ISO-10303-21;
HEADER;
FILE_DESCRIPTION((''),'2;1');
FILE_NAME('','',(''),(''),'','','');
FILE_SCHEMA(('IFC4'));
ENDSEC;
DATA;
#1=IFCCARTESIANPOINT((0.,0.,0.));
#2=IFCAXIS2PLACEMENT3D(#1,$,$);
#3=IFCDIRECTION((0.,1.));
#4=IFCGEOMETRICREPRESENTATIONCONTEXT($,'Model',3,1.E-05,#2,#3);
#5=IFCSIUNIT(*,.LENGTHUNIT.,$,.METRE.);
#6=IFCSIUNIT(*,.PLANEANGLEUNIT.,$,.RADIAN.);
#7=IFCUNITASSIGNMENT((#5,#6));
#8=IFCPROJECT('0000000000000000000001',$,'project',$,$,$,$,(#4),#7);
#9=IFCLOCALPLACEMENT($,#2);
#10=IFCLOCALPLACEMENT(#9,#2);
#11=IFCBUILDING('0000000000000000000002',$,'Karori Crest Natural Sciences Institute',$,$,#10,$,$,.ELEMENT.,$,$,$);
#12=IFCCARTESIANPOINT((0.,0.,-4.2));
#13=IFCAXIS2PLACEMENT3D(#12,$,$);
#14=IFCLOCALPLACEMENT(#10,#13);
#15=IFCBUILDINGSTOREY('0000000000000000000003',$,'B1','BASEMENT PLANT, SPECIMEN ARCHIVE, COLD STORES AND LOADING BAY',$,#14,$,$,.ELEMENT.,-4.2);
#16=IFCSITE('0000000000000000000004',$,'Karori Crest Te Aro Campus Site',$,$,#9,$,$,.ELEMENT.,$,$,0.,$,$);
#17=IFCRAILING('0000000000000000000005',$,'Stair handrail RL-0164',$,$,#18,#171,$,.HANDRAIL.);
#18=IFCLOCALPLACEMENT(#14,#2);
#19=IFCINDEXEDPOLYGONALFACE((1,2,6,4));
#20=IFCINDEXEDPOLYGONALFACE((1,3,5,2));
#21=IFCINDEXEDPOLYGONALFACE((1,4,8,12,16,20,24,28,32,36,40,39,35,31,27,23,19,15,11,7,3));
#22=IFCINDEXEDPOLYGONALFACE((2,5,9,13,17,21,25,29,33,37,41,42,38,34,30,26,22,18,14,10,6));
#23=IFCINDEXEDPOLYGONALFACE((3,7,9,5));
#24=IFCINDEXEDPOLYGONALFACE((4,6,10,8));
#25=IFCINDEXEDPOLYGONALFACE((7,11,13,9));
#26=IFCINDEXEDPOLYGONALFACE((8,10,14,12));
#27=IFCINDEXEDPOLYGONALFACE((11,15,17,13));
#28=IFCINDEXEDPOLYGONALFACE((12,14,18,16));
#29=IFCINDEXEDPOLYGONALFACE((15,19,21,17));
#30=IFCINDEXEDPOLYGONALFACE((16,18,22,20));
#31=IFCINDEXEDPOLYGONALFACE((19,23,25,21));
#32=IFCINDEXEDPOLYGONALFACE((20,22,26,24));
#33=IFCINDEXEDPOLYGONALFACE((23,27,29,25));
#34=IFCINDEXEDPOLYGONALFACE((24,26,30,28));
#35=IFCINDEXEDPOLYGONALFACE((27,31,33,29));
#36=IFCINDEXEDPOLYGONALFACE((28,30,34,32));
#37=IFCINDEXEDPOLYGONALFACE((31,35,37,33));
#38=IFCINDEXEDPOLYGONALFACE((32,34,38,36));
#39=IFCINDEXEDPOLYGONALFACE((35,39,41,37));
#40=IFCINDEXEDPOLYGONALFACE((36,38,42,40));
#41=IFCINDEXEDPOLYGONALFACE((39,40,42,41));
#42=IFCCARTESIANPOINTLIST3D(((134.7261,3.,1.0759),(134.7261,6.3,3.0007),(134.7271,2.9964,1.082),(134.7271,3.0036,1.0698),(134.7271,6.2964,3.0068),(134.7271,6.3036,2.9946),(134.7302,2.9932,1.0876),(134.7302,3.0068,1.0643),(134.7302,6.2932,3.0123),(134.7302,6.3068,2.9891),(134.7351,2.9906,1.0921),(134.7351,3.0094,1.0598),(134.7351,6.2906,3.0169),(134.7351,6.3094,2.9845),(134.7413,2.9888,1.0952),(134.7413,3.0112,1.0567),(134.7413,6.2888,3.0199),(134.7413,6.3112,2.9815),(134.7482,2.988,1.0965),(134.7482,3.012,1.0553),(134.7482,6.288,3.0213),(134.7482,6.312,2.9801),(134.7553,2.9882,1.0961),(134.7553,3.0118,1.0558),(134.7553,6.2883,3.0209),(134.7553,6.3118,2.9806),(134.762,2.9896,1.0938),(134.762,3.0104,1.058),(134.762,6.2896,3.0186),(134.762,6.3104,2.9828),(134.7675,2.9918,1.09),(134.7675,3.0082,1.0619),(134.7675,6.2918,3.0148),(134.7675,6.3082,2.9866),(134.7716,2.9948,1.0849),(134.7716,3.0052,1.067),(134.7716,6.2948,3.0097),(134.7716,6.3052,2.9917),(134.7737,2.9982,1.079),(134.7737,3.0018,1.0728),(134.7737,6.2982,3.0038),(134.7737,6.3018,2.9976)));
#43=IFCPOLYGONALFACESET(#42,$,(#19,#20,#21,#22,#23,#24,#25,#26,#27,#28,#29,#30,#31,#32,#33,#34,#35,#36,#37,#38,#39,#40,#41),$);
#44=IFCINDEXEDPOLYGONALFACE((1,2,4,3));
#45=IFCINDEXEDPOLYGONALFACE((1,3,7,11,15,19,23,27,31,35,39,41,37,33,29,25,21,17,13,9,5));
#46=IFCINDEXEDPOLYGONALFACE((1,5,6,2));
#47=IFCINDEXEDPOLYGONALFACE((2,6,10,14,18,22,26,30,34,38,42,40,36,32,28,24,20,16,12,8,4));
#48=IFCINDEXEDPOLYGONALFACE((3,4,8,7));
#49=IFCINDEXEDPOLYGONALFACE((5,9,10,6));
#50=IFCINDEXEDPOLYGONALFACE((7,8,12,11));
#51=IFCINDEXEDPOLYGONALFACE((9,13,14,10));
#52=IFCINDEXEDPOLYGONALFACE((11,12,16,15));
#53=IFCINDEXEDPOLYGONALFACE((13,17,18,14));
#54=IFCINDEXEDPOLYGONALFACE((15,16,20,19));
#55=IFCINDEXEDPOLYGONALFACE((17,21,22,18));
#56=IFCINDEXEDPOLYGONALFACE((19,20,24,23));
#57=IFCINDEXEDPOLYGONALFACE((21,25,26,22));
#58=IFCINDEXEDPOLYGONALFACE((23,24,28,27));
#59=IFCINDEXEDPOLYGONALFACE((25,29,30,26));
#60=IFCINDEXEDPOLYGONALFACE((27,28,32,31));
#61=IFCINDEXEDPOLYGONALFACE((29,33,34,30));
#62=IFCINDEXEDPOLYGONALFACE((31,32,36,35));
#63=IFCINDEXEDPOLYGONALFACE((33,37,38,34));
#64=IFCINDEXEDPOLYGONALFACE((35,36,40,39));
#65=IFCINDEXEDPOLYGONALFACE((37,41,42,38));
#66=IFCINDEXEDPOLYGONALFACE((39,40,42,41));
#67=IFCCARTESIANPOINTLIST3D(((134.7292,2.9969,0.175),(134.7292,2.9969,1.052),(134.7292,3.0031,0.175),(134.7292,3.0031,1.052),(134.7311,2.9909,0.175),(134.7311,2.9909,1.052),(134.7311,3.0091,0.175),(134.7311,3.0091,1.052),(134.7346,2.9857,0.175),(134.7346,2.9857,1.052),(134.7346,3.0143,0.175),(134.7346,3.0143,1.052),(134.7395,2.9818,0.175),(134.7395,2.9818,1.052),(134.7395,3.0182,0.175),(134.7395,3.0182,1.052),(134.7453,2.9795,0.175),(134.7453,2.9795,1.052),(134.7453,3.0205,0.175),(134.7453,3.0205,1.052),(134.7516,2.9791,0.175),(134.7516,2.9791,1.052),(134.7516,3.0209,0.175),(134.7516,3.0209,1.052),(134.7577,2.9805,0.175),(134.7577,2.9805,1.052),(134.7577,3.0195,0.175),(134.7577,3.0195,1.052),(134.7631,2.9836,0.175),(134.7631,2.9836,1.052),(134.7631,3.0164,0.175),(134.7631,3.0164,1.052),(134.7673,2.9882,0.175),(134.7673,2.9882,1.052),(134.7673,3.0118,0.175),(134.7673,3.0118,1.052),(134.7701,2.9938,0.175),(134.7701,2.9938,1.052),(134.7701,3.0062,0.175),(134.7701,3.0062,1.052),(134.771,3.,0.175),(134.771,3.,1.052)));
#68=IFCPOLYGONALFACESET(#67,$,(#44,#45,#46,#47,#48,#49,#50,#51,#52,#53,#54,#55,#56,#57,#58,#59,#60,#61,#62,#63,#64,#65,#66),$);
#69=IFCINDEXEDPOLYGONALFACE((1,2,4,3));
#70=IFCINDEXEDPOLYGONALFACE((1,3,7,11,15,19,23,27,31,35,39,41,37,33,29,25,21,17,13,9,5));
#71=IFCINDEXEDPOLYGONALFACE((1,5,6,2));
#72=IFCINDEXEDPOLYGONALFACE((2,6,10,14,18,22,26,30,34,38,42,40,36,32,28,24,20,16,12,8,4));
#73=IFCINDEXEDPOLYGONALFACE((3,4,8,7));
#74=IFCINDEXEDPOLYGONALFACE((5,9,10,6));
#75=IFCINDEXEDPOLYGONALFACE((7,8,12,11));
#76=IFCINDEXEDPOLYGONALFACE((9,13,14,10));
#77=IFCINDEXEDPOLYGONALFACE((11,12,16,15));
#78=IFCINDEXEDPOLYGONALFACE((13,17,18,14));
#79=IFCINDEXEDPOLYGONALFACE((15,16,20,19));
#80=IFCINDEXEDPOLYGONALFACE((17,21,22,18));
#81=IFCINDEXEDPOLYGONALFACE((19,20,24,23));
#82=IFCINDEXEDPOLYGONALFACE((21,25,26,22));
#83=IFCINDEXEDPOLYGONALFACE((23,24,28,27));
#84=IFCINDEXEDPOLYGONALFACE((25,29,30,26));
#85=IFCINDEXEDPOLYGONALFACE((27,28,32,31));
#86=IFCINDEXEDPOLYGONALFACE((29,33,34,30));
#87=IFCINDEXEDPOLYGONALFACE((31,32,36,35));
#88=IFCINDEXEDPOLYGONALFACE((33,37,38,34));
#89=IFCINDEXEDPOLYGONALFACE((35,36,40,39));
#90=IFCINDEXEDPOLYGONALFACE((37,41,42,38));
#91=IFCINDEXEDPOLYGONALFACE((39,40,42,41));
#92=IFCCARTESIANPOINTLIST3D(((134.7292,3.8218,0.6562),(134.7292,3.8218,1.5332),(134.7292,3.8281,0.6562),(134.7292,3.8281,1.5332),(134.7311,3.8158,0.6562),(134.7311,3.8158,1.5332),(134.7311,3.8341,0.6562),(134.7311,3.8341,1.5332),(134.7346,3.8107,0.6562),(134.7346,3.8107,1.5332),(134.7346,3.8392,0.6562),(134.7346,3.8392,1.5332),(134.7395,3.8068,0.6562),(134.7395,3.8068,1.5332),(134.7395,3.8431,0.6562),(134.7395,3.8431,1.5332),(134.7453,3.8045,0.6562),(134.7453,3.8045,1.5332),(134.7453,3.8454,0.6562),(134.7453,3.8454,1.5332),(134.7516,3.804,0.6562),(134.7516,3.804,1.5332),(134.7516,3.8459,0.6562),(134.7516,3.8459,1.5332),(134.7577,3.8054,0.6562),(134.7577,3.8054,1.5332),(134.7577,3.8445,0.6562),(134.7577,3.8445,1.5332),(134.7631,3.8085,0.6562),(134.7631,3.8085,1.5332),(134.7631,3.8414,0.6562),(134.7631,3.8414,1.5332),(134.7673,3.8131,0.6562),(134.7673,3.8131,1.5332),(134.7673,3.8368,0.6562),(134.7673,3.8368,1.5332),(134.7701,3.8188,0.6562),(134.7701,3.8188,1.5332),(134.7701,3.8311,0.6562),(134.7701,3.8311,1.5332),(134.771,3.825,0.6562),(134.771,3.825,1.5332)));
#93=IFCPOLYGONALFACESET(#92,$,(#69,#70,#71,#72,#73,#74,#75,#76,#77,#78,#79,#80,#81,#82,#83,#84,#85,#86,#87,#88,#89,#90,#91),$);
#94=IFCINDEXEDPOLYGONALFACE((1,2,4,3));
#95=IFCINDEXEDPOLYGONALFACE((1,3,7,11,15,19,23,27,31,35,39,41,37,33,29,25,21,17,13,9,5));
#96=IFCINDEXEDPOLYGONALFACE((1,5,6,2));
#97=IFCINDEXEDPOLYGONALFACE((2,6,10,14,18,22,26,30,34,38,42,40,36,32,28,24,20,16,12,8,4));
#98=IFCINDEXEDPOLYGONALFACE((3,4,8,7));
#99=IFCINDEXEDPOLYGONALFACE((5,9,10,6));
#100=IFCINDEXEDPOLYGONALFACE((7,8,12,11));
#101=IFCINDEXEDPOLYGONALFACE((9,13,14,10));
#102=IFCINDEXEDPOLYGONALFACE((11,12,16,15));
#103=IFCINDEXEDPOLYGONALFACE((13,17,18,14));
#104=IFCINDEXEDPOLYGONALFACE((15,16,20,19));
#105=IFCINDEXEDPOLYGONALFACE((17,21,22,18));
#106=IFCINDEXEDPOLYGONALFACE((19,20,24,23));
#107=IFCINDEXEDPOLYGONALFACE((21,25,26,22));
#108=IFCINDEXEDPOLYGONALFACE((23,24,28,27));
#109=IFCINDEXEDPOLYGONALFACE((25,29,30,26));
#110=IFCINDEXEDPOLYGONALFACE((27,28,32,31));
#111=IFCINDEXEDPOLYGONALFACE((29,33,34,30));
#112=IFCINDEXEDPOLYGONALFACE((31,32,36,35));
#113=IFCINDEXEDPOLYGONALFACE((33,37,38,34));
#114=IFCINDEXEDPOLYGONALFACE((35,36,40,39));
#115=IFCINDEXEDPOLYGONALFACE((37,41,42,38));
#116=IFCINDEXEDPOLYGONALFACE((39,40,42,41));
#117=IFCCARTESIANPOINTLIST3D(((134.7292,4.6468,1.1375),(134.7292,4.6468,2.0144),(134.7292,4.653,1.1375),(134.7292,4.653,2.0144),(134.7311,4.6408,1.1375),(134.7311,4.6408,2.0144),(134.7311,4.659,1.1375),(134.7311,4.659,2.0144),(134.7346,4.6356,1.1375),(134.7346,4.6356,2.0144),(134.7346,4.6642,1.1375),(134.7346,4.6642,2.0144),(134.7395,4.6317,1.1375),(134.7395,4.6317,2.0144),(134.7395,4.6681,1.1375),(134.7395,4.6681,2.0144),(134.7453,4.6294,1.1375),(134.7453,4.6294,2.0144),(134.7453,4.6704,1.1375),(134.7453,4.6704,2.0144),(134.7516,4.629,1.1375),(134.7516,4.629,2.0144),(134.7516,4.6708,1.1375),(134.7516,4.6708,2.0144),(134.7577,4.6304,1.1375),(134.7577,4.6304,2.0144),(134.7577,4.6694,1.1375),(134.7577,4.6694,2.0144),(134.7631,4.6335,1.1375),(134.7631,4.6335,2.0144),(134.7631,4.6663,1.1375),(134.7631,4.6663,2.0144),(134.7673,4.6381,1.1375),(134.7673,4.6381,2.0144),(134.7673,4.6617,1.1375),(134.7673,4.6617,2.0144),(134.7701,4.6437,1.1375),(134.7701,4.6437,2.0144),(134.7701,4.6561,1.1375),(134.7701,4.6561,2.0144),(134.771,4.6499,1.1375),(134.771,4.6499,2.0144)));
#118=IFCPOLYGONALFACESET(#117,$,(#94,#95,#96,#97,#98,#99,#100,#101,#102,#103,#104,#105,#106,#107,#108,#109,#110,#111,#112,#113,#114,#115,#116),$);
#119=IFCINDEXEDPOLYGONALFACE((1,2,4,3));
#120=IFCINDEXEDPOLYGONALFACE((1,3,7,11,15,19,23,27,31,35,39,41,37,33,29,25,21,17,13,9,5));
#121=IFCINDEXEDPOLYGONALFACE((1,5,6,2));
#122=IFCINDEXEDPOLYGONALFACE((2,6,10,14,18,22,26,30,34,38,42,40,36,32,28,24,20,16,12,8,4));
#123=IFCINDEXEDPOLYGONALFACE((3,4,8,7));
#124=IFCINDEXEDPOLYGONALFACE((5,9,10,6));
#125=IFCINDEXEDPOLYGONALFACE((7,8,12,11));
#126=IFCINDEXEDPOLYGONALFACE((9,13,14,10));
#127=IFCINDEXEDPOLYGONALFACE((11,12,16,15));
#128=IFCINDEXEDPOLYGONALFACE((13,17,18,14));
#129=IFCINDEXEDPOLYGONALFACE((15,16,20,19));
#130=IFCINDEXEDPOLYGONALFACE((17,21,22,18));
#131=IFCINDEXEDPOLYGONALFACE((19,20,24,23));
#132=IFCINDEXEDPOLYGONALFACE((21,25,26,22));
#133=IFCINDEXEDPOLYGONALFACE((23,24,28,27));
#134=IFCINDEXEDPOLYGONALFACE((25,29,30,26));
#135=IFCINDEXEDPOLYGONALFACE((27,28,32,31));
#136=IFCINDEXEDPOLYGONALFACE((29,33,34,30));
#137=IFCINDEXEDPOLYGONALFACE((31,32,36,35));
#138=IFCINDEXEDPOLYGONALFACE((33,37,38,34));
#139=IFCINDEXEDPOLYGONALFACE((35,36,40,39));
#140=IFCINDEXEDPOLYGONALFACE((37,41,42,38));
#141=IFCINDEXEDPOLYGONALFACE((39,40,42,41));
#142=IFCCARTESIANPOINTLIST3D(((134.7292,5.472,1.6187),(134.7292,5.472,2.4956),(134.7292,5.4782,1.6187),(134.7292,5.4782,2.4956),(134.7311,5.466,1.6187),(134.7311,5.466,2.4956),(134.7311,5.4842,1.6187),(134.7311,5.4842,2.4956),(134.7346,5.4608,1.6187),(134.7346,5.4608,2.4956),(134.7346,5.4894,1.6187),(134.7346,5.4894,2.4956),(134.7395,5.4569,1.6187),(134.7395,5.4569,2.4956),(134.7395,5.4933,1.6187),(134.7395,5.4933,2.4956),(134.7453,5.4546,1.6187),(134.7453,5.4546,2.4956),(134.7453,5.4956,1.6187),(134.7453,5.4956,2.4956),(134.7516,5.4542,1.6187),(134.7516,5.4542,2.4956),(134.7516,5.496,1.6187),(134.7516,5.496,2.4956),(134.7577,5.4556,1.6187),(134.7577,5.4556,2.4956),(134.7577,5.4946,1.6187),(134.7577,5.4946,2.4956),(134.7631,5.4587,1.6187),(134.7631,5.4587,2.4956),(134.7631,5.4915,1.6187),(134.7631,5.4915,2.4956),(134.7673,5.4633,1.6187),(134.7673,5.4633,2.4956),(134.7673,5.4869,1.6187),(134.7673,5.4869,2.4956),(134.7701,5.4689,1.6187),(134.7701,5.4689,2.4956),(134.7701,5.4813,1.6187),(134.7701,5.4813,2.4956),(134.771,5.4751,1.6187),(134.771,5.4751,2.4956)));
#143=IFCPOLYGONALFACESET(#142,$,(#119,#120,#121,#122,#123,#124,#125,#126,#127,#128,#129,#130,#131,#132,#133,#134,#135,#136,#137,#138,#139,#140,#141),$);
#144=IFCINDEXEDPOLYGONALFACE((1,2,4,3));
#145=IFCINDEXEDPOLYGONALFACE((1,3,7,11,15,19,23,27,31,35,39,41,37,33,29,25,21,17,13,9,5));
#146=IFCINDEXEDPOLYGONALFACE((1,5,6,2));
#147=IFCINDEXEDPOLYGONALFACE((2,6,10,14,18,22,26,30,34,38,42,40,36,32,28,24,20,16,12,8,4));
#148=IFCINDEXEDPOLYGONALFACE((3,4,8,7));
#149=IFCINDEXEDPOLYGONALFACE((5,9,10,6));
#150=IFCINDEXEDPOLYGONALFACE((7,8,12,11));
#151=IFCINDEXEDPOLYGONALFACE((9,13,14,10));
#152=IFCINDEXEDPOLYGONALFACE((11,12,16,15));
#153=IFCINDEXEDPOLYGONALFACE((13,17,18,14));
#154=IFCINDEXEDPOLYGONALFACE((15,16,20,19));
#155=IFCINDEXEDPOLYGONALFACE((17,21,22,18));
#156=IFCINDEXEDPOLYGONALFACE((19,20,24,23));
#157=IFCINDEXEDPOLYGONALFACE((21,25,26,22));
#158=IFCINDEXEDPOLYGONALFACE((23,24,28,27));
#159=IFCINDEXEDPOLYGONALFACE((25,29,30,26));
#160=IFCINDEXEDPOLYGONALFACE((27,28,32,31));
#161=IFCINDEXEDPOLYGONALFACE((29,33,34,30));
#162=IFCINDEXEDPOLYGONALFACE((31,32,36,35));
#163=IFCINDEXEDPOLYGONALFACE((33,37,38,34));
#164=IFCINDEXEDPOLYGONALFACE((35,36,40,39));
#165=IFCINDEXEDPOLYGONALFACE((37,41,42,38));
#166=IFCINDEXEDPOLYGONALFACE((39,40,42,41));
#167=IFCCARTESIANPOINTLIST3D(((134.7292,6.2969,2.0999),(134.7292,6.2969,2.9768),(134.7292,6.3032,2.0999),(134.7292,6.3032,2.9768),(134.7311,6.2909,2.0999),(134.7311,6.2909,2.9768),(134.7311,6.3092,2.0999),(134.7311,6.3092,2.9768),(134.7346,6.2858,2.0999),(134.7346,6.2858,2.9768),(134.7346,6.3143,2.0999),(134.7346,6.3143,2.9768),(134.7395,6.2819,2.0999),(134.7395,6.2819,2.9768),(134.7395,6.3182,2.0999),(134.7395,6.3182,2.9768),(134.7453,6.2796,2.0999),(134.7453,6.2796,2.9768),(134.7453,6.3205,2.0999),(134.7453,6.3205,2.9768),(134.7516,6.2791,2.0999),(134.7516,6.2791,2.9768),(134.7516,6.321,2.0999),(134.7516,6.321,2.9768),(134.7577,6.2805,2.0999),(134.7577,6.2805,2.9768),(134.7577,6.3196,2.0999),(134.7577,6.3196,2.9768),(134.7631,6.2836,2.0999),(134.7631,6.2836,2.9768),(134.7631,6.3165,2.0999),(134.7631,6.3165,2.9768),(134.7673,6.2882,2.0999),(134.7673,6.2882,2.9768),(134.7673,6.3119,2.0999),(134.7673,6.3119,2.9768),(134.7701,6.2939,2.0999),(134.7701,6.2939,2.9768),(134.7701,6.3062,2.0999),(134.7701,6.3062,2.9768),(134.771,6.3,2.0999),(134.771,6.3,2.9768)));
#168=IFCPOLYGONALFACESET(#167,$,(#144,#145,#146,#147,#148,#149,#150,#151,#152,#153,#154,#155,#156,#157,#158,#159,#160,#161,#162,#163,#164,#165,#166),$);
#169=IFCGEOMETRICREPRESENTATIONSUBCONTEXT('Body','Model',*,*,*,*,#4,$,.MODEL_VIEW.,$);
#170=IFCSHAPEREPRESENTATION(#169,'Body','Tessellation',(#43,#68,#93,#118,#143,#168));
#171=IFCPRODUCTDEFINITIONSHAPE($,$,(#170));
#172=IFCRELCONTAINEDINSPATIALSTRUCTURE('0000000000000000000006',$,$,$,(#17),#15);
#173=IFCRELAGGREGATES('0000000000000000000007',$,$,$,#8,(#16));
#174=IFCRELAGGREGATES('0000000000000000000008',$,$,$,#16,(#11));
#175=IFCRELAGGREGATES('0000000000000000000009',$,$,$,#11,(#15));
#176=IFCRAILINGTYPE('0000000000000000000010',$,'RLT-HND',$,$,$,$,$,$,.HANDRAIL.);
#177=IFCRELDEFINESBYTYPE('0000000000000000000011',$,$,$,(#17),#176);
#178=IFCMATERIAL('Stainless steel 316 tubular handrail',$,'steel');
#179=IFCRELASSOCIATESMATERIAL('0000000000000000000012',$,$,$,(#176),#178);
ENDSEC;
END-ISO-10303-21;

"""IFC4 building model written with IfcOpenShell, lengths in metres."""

from ifc_helpers import new_model, si_unit, direction, frame, origin, origin_2d, place, context, subcontext, project, spatial, circle, extrude, material, type_object, element, save


model = new_model("IFC4")

# Units and contexts
model_context = context("Model", 3, precision=1e-05, world=origin(), true_north=direction((0.0, 1.0)))
body_context = subcontext(model_context, "Body", "Model", "MODEL_VIEW")
ifc_project = project(units=[si_unit("LENGTHUNIT", "METRE"), si_unit("PLANEANGLEUNIT", "RADIAN")], contexts=[model_context])

# Site, building, storey
site_placement = place(None, origin())
site = spatial("IfcSite", under=ifc_project, at=site_placement, Name="Karori Crest Te Aro Campus Site", CompositionType="ELEMENT", RefElevation=0.0)
building_placement = place(site_placement, origin())
building = spatial("IfcBuilding", under=site, at=building_placement, Name="Karori Crest Natural Sciences Institute", CompositionType="ELEMENT")
storey_placement = place(building_placement, frame((0.0, 0.0, -4.2)))
storey = spatial("IfcBuildingStorey", under=building, at=storey_placement, Name="B1", Description="BASEMENT PLANT, SPECIMEN ARCHIVE, COLD STORES AND LOADING BAY", CompositionType="ELEMENT", Elevation=-4.2)

# Railing
ifc_material_1 = material(Name="Stainless steel 316 tubular handrail", Category="steel")
railing_type_1 = type_object("IfcRailingType", Name="RLT-HND", PredefinedType="HANDRAIL", material=ifc_material_1)
railing_1_placement = place(storey_placement, frame((134.75, 3.0, 0.175)))
element("IfcRailing", 1, at=railing_1_placement, inside=storey, type_object=railing_type_1, Name="Stair handrail RL-0164", PredefinedType="HANDRAIL", context=body_context, shape_type="SweptSolid", body=[
    extrude(circle(Radius=0.0239, at=origin_2d()), frame((0.0, 0.0, 0.9009), z_axis=(0.0, 0.863804, 0.503827), x_axis=(-1.0, 0.0, 0.0)), (0.0, 0.0, 1.0), 3.8203),
    extrude(circle(Radius=0.021, at=origin_2d()), origin(), (0.0, 0.0, 1.0), 0.877),
    extrude(circle(Radius=0.021, at=origin_2d()), frame((0.0, 0.825, 0.4812)), (0.0, 0.0, 1.0), 0.877),
    extrude(circle(Radius=0.021, at=origin_2d()), frame((0.0, 1.6499, 0.9624)), (0.0, 0.0, 1.0), 0.877),
    extrude(circle(Radius=0.021, at=origin_2d()), frame((0.0, 2.4751, 1.4436)), (0.0, 0.0, 1.0), 0.877),
    extrude(circle(Radius=0.021, at=origin_2d()), frame((0.0, 3.3, 1.9248)), (0.0, 0.0, 1.0), 0.877),
])

save(model, "model.ifc")
